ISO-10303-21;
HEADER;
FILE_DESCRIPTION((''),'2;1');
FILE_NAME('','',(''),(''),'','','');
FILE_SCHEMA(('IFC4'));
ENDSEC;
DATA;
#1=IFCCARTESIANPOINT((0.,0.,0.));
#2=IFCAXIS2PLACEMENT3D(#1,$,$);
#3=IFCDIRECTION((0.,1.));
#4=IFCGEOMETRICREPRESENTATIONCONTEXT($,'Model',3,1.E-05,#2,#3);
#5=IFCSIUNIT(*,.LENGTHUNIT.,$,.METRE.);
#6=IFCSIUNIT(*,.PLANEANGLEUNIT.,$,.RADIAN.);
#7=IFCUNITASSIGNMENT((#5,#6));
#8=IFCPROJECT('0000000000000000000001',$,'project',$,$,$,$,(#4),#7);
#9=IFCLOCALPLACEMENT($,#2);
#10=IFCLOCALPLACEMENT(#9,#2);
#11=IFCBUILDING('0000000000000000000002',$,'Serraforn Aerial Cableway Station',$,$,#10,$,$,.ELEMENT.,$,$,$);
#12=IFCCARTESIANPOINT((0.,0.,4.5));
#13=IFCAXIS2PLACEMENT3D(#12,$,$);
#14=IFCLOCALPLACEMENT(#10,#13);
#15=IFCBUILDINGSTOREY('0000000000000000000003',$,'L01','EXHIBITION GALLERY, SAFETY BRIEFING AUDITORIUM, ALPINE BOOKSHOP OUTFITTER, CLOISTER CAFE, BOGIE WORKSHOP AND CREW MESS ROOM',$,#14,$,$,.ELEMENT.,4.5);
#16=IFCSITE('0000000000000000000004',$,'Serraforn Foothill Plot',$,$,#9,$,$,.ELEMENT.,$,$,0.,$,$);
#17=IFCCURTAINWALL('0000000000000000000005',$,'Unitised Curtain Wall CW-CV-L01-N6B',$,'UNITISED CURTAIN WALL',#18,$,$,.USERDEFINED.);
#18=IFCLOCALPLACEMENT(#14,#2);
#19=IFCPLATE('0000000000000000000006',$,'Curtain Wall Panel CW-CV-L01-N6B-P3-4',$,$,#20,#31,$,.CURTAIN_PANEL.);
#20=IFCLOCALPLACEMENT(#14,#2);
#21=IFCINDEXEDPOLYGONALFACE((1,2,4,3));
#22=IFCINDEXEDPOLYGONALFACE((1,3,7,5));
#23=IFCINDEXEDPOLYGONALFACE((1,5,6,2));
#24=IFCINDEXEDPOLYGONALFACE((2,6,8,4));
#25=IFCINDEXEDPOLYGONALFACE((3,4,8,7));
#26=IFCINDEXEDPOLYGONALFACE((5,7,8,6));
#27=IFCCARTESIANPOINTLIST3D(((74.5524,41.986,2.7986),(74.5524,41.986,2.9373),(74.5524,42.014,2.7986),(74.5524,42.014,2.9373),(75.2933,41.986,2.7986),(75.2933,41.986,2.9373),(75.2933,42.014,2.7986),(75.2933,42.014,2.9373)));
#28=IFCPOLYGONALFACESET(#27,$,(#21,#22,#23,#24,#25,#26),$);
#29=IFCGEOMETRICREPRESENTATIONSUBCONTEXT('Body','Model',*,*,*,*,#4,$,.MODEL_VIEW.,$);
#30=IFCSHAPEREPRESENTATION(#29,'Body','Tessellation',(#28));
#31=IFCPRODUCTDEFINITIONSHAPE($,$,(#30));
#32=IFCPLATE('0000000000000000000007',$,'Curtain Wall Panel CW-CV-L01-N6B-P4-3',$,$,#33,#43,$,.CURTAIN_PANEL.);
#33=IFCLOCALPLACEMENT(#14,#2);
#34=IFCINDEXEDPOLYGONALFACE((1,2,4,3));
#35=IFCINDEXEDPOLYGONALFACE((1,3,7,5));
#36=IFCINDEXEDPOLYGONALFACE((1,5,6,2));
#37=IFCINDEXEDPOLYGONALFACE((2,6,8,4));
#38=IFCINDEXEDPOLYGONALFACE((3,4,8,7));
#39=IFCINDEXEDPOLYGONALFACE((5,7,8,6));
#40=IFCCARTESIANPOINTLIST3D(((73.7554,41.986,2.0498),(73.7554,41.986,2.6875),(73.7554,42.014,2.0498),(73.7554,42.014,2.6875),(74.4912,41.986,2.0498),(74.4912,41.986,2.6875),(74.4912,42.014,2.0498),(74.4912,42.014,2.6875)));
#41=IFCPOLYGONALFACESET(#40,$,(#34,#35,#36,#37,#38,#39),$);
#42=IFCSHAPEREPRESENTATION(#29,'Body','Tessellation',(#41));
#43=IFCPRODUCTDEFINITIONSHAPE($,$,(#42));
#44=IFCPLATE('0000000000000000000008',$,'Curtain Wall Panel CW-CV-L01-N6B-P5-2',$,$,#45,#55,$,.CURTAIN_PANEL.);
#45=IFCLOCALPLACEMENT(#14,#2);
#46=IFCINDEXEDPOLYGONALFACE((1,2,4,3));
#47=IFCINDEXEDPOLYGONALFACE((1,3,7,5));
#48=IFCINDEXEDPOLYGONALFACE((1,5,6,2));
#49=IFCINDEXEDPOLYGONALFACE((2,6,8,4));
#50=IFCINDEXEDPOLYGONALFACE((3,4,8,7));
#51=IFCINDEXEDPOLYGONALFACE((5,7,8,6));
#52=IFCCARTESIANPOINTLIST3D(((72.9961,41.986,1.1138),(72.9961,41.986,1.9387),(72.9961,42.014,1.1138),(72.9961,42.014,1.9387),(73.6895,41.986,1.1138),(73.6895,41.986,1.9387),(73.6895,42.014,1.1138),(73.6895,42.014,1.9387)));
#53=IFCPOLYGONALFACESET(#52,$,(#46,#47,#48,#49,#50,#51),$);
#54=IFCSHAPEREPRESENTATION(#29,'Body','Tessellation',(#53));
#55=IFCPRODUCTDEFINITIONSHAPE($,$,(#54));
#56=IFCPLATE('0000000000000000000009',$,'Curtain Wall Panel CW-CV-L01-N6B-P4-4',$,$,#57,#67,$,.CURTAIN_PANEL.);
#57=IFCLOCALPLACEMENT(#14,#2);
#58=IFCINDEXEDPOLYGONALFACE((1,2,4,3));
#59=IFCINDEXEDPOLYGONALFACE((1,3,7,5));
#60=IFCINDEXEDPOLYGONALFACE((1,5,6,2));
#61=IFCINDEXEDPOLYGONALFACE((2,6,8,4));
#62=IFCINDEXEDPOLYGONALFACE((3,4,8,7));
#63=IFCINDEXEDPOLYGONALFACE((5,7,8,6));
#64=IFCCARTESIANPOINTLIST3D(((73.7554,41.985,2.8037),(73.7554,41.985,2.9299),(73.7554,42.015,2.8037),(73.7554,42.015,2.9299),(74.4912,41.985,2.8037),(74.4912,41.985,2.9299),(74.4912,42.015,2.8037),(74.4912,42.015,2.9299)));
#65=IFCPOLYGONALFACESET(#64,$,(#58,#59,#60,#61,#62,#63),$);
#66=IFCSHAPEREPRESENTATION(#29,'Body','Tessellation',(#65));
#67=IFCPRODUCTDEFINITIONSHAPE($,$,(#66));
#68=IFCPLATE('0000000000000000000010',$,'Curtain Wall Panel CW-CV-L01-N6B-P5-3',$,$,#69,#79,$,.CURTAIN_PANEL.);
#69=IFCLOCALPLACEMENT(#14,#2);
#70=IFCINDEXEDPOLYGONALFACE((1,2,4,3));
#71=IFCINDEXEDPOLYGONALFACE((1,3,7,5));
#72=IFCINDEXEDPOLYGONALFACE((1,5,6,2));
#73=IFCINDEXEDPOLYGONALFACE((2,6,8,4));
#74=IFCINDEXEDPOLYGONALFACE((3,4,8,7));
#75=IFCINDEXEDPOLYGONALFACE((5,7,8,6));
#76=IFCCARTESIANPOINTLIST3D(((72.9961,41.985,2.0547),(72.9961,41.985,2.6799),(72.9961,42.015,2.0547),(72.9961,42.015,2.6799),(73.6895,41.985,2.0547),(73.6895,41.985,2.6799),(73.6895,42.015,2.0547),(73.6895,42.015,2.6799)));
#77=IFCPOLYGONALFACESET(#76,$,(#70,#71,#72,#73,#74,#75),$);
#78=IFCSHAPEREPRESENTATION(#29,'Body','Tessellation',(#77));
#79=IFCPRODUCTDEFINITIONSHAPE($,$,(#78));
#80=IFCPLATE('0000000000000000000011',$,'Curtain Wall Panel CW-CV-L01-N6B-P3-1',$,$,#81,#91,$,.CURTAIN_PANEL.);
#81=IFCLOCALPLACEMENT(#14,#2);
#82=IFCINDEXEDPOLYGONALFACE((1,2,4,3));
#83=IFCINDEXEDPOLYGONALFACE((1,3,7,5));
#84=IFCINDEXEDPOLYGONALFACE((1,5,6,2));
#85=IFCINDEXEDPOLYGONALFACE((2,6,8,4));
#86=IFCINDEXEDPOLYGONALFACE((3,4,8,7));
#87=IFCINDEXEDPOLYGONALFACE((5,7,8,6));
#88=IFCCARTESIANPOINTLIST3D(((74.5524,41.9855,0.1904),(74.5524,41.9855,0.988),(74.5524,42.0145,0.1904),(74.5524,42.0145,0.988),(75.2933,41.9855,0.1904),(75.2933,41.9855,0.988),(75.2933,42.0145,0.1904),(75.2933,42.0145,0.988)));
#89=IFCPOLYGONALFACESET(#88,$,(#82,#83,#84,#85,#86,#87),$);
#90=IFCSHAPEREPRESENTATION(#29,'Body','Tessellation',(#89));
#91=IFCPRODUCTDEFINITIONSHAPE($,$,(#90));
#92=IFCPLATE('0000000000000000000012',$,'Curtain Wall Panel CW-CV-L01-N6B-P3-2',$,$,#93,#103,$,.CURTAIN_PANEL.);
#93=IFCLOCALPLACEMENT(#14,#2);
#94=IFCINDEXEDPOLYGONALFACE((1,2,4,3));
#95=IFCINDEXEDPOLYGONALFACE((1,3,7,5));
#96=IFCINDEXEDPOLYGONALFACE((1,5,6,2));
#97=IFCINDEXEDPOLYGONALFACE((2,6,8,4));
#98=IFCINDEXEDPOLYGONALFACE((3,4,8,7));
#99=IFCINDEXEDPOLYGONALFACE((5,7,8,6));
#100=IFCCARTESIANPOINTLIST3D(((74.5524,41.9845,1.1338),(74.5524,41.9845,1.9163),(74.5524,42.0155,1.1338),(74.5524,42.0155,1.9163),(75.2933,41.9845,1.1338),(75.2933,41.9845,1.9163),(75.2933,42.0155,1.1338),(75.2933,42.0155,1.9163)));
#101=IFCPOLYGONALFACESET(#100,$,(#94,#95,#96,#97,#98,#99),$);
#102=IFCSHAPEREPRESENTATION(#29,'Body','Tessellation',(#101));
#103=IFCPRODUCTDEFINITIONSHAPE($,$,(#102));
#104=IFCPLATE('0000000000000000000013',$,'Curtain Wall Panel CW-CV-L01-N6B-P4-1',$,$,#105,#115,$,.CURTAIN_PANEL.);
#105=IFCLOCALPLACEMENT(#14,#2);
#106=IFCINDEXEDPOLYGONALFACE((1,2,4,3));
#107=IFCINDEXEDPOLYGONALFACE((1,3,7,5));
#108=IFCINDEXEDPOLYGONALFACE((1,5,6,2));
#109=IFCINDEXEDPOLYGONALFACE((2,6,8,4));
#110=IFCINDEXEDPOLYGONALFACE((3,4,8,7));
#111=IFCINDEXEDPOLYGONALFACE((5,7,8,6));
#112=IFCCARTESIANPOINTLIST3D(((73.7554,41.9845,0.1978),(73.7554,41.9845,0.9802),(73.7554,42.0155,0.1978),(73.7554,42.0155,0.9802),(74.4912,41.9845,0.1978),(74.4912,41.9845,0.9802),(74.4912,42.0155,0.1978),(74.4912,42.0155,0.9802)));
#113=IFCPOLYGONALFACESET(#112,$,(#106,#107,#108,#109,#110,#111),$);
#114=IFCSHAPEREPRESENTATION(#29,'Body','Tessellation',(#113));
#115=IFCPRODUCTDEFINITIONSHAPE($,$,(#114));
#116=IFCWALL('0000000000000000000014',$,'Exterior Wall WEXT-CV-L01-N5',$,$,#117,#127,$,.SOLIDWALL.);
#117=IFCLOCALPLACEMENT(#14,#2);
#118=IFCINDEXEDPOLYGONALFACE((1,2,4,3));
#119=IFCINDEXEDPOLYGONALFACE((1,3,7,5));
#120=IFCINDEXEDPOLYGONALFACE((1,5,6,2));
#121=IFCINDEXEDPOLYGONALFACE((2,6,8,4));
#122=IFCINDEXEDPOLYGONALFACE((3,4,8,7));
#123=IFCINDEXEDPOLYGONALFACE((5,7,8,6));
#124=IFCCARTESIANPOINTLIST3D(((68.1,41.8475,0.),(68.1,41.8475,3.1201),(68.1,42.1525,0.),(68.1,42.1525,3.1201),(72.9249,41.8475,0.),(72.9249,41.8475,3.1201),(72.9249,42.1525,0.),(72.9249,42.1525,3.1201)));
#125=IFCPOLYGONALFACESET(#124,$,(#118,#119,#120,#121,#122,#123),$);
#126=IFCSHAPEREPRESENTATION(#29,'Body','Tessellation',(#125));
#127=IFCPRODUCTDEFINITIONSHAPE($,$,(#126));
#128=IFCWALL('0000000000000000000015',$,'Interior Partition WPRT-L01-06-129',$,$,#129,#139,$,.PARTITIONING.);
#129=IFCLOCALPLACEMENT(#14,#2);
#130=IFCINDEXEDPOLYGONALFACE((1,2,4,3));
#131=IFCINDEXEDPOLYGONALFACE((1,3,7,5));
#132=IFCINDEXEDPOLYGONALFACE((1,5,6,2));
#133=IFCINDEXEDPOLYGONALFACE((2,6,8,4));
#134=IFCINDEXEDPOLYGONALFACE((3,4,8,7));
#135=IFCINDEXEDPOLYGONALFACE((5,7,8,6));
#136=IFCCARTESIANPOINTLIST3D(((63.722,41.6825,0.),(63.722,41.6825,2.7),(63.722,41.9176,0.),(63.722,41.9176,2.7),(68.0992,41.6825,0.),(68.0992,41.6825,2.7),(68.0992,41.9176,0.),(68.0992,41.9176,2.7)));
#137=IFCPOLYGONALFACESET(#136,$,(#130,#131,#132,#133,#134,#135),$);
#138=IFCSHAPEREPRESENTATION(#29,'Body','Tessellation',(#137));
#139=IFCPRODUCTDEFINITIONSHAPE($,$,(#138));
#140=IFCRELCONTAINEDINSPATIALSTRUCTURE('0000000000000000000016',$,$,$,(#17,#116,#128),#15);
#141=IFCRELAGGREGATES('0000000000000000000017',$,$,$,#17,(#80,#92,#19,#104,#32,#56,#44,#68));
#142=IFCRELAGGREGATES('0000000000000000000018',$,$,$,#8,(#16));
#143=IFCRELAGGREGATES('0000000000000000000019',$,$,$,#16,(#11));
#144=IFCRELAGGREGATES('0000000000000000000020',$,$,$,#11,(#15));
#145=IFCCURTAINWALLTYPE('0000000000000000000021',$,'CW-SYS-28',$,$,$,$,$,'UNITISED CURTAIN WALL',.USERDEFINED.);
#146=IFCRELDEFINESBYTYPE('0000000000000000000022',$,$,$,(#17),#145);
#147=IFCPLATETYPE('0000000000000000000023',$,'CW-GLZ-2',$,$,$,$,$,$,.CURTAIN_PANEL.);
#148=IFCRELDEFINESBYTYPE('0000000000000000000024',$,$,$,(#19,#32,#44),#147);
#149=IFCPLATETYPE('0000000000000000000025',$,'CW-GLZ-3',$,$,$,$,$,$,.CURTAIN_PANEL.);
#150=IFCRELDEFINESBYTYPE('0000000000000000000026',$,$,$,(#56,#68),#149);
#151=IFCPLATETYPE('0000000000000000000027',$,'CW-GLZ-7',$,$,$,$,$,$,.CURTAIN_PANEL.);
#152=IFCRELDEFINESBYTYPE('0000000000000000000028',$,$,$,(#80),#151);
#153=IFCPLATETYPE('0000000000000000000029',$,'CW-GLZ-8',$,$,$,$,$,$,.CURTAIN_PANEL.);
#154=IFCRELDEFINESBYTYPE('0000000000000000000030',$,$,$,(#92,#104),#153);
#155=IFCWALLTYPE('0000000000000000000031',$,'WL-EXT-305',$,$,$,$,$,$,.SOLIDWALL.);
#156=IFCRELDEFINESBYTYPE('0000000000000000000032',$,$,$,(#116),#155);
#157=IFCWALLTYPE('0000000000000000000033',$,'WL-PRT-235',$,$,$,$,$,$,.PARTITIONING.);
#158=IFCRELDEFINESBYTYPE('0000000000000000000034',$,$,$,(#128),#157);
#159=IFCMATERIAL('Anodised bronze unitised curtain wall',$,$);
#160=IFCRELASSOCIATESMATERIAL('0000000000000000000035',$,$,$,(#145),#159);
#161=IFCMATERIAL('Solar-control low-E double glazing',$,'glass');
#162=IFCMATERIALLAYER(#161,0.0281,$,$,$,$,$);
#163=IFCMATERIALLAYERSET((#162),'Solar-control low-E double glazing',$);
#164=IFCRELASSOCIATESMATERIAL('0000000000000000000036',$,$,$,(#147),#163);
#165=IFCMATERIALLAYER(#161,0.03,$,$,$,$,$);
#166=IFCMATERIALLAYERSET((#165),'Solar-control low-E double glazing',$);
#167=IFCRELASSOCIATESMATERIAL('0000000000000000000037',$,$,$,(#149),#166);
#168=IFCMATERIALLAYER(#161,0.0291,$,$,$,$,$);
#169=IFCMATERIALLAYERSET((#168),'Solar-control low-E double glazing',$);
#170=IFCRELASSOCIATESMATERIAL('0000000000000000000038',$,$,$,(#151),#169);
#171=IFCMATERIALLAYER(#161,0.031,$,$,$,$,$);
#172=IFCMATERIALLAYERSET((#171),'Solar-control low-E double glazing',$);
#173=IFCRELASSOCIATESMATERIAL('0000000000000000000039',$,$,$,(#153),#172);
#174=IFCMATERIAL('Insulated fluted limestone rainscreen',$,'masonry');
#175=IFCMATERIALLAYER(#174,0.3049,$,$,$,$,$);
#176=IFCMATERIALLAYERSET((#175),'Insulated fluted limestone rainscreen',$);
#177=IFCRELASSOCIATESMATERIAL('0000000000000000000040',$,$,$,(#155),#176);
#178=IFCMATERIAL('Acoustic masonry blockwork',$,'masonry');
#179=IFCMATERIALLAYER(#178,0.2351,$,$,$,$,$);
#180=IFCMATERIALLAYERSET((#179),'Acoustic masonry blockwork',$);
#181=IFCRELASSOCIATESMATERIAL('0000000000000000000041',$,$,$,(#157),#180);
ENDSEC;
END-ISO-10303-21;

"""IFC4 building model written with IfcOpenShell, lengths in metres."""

from ifc_helpers import new_model, si_unit, direction, frame, frame_2d, origin, origin_2d, place, context, subcontext, project, spatial, rectangle, extrude, material, layer, layer_set, type_object, element, aggregate, save


model = new_model("IFC4")

# Units and contexts
model_context = context("Model", 3, precision=1e-05, world=origin(), true_north=direction((0.0, 1.0)))
body_context = subcontext(model_context, "Body", "Model", "MODEL_VIEW")
ifc_project = project(units=[si_unit("LENGTHUNIT", "METRE"), si_unit("PLANEANGLEUNIT", "RADIAN")], contexts=[model_context])

# Site, building, storey
site_placement = place(None, origin())
site = spatial("IfcSite", under=ifc_project, at=site_placement, Name="Serraforn Foothill Plot", CompositionType="ELEMENT", RefElevation=0.0)
building_placement = place(site_placement, origin())
building = spatial("IfcBuilding", under=site, at=building_placement, Name="Serraforn Aerial Cableway Station", CompositionType="ELEMENT")
storey_placement = place(building_placement, frame((0.0, 0.0, 4.5)))
storey = spatial("IfcBuildingStorey", under=building, at=storey_placement, Name="L01", Description="EXHIBITION GALLERY, SAFETY BRIEFING AUDITORIUM, ALPINE BOOKSHOP OUTFITTER, CLOISTER CAFE, BOGIE WORKSHOP AND CREW MESS ROOM", CompositionType="ELEMENT", Elevation=4.5)

# Curtain wall, plates
ifc_material_1 = material(Name="Anodised bronze unitised curtain wall")
curtain_wall_type = type_object("IfcCurtainWallType", Name="CW-SYS-28", ElementType="UNITISED CURTAIN WALL", PredefinedType="USERDEFINED", material=ifc_material_1)
curtain_wall_placement = place(storey_placement, origin())
curtain_wall = element("IfcCurtainWall", 1, at=curtain_wall_placement, inside=storey, type_object=curtain_wall_type, Name="Unitised Curtain Wall CW-CV-L01-N6B", ObjectType="UNITISED CURTAIN WALL", PredefinedType="USERDEFINED")
ifc_material_2 = material(Name="Solar-control low-E double glazing", Category="glass")
ifc_layer_1 = layer(ifc_material_2, 0.0281)
ifc_layer_set_1 = layer_set([ifc_layer_1], Name="Solar-control low-E double glazing")
plate_type_1 = type_object("IfcPlateType", Name="CW-GLZ-2", PredefinedType="CURTAIN_PANEL", material=ifc_layer_set_1)
plate_1_placement = place(storey_placement, frame((74.9229, 42.0, 2.7986), z_axis=(0.0, 0.0, 1.0), x_axis=(1.0, 0.0, 0.0)))
plate_1 = element("IfcPlate", 2, at=plate_1_placement, type_object=plate_type_1, Name="Curtain Wall Panel CW-CV-L01-N6B-P3-4", PredefinedType="CURTAIN_PANEL", context=body_context, shape_type="SweptSolid", body=[
    extrude(rectangle(XDim=0.741, YDim=0.0281, at=origin_2d()), origin(), (0.0, 0.0, 1.0), 0.1387),
])
plate_2_placement = place(storey_placement, frame((74.1233, 42.0, 2.0498), z_axis=(0.0, 0.0, 1.0), x_axis=(1.0, 0.0, 0.0)))
plate_2 = element("IfcPlate", 3, at=plate_2_placement, type_object=plate_type_1, Name="Curtain Wall Panel CW-CV-L01-N6B-P4-3", PredefinedType="CURTAIN_PANEL", context=body_context, shape_type="SweptSolid", body=[
    extrude(rectangle(XDim=0.7358, YDim=0.0281, at=origin_2d()), origin(), (0.0, 0.0, 1.0), 0.6377),
])
plate_3_placement = place(storey_placement, frame((73.3428, 42.0, 1.1138), z_axis=(0.0, 0.0, 1.0), x_axis=(1.0, 0.0, 0.0)))
plate_3 = element("IfcPlate", 4, at=plate_3_placement, type_object=plate_type_1, Name="Curtain Wall Panel CW-CV-L01-N6B-P5-2", PredefinedType="CURTAIN_PANEL", context=body_context, shape_type="SweptSolid", body=[
    extrude(rectangle(XDim=0.6934, YDim=0.0281, at=origin_2d()), origin(), (0.0, 0.0, 1.0), 0.825),
])
ifc_layer_2 = layer(ifc_material_2, 0.03)
ifc_layer_set_2 = layer_set([ifc_layer_2], Name="Solar-control low-E double glazing")
plate_type_2 = type_object("IfcPlateType", Name="CW-GLZ-3", PredefinedType="CURTAIN_PANEL", material=ifc_layer_set_2)
plate_4_placement = place(storey_placement, frame((74.1233, 42.0, 2.8037), z_axis=(0.0, 0.0, 1.0), x_axis=(1.0, 0.0, 0.0)))
plate_4 = element("IfcPlate", 5, at=plate_4_placement, type_object=plate_type_2, Name="Curtain Wall Panel CW-CV-L01-N6B-P4-4", PredefinedType="CURTAIN_PANEL", context=body_context, shape_type="SweptSolid", body=[
    extrude(rectangle(XDim=0.7358, YDim=0.03, at=origin_2d()), origin(), (0.0, 0.0, 1.0), 0.1262),
])
plate_5_placement = place(storey_placement, frame((73.3428, 42.0, 2.0547), z_axis=(0.0, 0.0, 1.0), x_axis=(1.0, 0.0, 0.0)))
plate_5 = element("IfcPlate", 6, at=plate_5_placement, type_object=plate_type_2, Name="Curtain Wall Panel CW-CV-L01-N6B-P5-3", PredefinedType="CURTAIN_PANEL", context=body_context, shape_type="SweptSolid", body=[
    extrude(rectangle(XDim=0.6934, YDim=0.03, at=origin_2d()), origin(), (0.0, 0.0, 1.0), 0.6252),
])
ifc_layer_3 = layer(ifc_material_2, 0.0291)
ifc_layer_set_3 = layer_set([ifc_layer_3], Name="Solar-control low-E double glazing")
plate_type_3 = type_object("IfcPlateType", Name="CW-GLZ-7", PredefinedType="CURTAIN_PANEL", material=ifc_layer_set_3)
plate_6_placement = place(storey_placement, frame((74.9229, 42.0, 0.1904), z_axis=(0.0, 0.0, 1.0), x_axis=(1.0, 0.0, 0.0)))
plate_6 = element("IfcPlate", 7, at=plate_6_placement, type_object=plate_type_3, Name="Curtain Wall Panel CW-CV-L01-N6B-P3-1", PredefinedType="CURTAIN_PANEL", context=body_context, shape_type="SweptSolid", body=[
    extrude(rectangle(XDim=0.741, YDim=0.0291, at=origin_2d()), origin(), (0.0, 0.0, 1.0), 0.7976),
])
ifc_layer_4 = layer(ifc_material_2, 0.031)
ifc_layer_set_4 = layer_set([ifc_layer_4], Name="Solar-control low-E double glazing")
plate_type_4 = type_object("IfcPlateType", Name="CW-GLZ-8", PredefinedType="CURTAIN_PANEL", material=ifc_layer_set_4)
plate_7_placement = place(storey_placement, frame((74.9229, 42.0, 1.1338), z_axis=(0.0, 0.0, 1.0), x_axis=(1.0, 0.0, 0.0)))
plate_7 = element("IfcPlate", 8, at=plate_7_placement, type_object=plate_type_4, Name="Curtain Wall Panel CW-CV-L01-N6B-P3-2", PredefinedType="CURTAIN_PANEL", context=body_context, shape_type="SweptSolid", body=[
    extrude(rectangle(XDim=0.741, YDim=0.031, at=origin_2d()), origin(), (0.0, 0.0, 1.0), 0.7825),
])
plate_8_placement = place(storey_placement, frame((74.1233, 42.0, 0.1978), z_axis=(0.0, 0.0, 1.0), x_axis=(1.0, 0.0, 0.0)))
plate_8 = element("IfcPlate", 9, at=plate_8_placement, type_object=plate_type_4, Name="Curtain Wall Panel CW-CV-L01-N6B-P4-1", PredefinedType="CURTAIN_PANEL", context=body_context, shape_type="SweptSolid", body=[
    extrude(rectangle(XDim=0.7358, YDim=0.031, at=origin_2d()), origin(), (0.0, 0.0, 1.0), 0.7825),
])
aggregate(curtain_wall, [plate_6, plate_7, plate_1, plate_8, plate_2, plate_4, plate_3, plate_5])

# Walls
ifc_material_3 = material(Name="Insulated fluted limestone rainscreen", Category="masonry")
ifc_layer_5 = layer(ifc_material_3, 0.3049)
ifc_layer_set_5 = layer_set([ifc_layer_5], Name="Insulated fluted limestone rainscreen")
wall_type_1 = type_object("IfcWallType", Name="WL-EXT-305", PredefinedType="SOLIDWALL", material=ifc_layer_set_5)
wall_1_placement = place(storey_placement, frame((72.925, 42.0, 0.0), z_axis=(0.0, 0.0, 1.0), x_axis=(-1.0, 0.0, 0.0)))
element("IfcWall", 10, at=wall_1_placement, inside=storey, type_object=wall_type_1, Name="Exterior Wall WEXT-CV-L01-N5", PredefinedType="SOLIDWALL", context=body_context, shape_type="SweptSolid", body=[
    extrude(rectangle(XDim=4.825, YDim=0.3049, at=frame_2d((2.4126, 0.0))), origin(), (0.0, 0.0, 1.0), 3.1201),
])
ifc_material_4 = material(Name="Acoustic masonry blockwork", Category="masonry")
ifc_layer_6 = layer(ifc_material_4, 0.2351)
ifc_layer_set_6 = layer_set([ifc_layer_6], Name="Acoustic masonry blockwork")
wall_type_2 = type_object("IfcWallType", Name="WL-PRT-235", PredefinedType="PARTITIONING", material=ifc_layer_set_6)
wall_2_placement = place(storey_placement, frame((68.0991, 41.8, 0.0), z_axis=(0.0, 0.0, 1.0), x_axis=(-1.0, 0.0, 0.0)))
element("IfcWall", 11, at=wall_2_placement, inside=storey, type_object=wall_type_2, Name="Interior Partition WPRT-L01-06-129", PredefinedType="PARTITIONING", context=body_context, shape_type="SweptSolid", body=[
    extrude(rectangle(XDim=4.3772, YDim=0.2351, at=frame_2d((2.1885, 0.0))), origin(), (0.0, 0.0, 1.0), 2.7),
])

save(model, "model.ifc")
